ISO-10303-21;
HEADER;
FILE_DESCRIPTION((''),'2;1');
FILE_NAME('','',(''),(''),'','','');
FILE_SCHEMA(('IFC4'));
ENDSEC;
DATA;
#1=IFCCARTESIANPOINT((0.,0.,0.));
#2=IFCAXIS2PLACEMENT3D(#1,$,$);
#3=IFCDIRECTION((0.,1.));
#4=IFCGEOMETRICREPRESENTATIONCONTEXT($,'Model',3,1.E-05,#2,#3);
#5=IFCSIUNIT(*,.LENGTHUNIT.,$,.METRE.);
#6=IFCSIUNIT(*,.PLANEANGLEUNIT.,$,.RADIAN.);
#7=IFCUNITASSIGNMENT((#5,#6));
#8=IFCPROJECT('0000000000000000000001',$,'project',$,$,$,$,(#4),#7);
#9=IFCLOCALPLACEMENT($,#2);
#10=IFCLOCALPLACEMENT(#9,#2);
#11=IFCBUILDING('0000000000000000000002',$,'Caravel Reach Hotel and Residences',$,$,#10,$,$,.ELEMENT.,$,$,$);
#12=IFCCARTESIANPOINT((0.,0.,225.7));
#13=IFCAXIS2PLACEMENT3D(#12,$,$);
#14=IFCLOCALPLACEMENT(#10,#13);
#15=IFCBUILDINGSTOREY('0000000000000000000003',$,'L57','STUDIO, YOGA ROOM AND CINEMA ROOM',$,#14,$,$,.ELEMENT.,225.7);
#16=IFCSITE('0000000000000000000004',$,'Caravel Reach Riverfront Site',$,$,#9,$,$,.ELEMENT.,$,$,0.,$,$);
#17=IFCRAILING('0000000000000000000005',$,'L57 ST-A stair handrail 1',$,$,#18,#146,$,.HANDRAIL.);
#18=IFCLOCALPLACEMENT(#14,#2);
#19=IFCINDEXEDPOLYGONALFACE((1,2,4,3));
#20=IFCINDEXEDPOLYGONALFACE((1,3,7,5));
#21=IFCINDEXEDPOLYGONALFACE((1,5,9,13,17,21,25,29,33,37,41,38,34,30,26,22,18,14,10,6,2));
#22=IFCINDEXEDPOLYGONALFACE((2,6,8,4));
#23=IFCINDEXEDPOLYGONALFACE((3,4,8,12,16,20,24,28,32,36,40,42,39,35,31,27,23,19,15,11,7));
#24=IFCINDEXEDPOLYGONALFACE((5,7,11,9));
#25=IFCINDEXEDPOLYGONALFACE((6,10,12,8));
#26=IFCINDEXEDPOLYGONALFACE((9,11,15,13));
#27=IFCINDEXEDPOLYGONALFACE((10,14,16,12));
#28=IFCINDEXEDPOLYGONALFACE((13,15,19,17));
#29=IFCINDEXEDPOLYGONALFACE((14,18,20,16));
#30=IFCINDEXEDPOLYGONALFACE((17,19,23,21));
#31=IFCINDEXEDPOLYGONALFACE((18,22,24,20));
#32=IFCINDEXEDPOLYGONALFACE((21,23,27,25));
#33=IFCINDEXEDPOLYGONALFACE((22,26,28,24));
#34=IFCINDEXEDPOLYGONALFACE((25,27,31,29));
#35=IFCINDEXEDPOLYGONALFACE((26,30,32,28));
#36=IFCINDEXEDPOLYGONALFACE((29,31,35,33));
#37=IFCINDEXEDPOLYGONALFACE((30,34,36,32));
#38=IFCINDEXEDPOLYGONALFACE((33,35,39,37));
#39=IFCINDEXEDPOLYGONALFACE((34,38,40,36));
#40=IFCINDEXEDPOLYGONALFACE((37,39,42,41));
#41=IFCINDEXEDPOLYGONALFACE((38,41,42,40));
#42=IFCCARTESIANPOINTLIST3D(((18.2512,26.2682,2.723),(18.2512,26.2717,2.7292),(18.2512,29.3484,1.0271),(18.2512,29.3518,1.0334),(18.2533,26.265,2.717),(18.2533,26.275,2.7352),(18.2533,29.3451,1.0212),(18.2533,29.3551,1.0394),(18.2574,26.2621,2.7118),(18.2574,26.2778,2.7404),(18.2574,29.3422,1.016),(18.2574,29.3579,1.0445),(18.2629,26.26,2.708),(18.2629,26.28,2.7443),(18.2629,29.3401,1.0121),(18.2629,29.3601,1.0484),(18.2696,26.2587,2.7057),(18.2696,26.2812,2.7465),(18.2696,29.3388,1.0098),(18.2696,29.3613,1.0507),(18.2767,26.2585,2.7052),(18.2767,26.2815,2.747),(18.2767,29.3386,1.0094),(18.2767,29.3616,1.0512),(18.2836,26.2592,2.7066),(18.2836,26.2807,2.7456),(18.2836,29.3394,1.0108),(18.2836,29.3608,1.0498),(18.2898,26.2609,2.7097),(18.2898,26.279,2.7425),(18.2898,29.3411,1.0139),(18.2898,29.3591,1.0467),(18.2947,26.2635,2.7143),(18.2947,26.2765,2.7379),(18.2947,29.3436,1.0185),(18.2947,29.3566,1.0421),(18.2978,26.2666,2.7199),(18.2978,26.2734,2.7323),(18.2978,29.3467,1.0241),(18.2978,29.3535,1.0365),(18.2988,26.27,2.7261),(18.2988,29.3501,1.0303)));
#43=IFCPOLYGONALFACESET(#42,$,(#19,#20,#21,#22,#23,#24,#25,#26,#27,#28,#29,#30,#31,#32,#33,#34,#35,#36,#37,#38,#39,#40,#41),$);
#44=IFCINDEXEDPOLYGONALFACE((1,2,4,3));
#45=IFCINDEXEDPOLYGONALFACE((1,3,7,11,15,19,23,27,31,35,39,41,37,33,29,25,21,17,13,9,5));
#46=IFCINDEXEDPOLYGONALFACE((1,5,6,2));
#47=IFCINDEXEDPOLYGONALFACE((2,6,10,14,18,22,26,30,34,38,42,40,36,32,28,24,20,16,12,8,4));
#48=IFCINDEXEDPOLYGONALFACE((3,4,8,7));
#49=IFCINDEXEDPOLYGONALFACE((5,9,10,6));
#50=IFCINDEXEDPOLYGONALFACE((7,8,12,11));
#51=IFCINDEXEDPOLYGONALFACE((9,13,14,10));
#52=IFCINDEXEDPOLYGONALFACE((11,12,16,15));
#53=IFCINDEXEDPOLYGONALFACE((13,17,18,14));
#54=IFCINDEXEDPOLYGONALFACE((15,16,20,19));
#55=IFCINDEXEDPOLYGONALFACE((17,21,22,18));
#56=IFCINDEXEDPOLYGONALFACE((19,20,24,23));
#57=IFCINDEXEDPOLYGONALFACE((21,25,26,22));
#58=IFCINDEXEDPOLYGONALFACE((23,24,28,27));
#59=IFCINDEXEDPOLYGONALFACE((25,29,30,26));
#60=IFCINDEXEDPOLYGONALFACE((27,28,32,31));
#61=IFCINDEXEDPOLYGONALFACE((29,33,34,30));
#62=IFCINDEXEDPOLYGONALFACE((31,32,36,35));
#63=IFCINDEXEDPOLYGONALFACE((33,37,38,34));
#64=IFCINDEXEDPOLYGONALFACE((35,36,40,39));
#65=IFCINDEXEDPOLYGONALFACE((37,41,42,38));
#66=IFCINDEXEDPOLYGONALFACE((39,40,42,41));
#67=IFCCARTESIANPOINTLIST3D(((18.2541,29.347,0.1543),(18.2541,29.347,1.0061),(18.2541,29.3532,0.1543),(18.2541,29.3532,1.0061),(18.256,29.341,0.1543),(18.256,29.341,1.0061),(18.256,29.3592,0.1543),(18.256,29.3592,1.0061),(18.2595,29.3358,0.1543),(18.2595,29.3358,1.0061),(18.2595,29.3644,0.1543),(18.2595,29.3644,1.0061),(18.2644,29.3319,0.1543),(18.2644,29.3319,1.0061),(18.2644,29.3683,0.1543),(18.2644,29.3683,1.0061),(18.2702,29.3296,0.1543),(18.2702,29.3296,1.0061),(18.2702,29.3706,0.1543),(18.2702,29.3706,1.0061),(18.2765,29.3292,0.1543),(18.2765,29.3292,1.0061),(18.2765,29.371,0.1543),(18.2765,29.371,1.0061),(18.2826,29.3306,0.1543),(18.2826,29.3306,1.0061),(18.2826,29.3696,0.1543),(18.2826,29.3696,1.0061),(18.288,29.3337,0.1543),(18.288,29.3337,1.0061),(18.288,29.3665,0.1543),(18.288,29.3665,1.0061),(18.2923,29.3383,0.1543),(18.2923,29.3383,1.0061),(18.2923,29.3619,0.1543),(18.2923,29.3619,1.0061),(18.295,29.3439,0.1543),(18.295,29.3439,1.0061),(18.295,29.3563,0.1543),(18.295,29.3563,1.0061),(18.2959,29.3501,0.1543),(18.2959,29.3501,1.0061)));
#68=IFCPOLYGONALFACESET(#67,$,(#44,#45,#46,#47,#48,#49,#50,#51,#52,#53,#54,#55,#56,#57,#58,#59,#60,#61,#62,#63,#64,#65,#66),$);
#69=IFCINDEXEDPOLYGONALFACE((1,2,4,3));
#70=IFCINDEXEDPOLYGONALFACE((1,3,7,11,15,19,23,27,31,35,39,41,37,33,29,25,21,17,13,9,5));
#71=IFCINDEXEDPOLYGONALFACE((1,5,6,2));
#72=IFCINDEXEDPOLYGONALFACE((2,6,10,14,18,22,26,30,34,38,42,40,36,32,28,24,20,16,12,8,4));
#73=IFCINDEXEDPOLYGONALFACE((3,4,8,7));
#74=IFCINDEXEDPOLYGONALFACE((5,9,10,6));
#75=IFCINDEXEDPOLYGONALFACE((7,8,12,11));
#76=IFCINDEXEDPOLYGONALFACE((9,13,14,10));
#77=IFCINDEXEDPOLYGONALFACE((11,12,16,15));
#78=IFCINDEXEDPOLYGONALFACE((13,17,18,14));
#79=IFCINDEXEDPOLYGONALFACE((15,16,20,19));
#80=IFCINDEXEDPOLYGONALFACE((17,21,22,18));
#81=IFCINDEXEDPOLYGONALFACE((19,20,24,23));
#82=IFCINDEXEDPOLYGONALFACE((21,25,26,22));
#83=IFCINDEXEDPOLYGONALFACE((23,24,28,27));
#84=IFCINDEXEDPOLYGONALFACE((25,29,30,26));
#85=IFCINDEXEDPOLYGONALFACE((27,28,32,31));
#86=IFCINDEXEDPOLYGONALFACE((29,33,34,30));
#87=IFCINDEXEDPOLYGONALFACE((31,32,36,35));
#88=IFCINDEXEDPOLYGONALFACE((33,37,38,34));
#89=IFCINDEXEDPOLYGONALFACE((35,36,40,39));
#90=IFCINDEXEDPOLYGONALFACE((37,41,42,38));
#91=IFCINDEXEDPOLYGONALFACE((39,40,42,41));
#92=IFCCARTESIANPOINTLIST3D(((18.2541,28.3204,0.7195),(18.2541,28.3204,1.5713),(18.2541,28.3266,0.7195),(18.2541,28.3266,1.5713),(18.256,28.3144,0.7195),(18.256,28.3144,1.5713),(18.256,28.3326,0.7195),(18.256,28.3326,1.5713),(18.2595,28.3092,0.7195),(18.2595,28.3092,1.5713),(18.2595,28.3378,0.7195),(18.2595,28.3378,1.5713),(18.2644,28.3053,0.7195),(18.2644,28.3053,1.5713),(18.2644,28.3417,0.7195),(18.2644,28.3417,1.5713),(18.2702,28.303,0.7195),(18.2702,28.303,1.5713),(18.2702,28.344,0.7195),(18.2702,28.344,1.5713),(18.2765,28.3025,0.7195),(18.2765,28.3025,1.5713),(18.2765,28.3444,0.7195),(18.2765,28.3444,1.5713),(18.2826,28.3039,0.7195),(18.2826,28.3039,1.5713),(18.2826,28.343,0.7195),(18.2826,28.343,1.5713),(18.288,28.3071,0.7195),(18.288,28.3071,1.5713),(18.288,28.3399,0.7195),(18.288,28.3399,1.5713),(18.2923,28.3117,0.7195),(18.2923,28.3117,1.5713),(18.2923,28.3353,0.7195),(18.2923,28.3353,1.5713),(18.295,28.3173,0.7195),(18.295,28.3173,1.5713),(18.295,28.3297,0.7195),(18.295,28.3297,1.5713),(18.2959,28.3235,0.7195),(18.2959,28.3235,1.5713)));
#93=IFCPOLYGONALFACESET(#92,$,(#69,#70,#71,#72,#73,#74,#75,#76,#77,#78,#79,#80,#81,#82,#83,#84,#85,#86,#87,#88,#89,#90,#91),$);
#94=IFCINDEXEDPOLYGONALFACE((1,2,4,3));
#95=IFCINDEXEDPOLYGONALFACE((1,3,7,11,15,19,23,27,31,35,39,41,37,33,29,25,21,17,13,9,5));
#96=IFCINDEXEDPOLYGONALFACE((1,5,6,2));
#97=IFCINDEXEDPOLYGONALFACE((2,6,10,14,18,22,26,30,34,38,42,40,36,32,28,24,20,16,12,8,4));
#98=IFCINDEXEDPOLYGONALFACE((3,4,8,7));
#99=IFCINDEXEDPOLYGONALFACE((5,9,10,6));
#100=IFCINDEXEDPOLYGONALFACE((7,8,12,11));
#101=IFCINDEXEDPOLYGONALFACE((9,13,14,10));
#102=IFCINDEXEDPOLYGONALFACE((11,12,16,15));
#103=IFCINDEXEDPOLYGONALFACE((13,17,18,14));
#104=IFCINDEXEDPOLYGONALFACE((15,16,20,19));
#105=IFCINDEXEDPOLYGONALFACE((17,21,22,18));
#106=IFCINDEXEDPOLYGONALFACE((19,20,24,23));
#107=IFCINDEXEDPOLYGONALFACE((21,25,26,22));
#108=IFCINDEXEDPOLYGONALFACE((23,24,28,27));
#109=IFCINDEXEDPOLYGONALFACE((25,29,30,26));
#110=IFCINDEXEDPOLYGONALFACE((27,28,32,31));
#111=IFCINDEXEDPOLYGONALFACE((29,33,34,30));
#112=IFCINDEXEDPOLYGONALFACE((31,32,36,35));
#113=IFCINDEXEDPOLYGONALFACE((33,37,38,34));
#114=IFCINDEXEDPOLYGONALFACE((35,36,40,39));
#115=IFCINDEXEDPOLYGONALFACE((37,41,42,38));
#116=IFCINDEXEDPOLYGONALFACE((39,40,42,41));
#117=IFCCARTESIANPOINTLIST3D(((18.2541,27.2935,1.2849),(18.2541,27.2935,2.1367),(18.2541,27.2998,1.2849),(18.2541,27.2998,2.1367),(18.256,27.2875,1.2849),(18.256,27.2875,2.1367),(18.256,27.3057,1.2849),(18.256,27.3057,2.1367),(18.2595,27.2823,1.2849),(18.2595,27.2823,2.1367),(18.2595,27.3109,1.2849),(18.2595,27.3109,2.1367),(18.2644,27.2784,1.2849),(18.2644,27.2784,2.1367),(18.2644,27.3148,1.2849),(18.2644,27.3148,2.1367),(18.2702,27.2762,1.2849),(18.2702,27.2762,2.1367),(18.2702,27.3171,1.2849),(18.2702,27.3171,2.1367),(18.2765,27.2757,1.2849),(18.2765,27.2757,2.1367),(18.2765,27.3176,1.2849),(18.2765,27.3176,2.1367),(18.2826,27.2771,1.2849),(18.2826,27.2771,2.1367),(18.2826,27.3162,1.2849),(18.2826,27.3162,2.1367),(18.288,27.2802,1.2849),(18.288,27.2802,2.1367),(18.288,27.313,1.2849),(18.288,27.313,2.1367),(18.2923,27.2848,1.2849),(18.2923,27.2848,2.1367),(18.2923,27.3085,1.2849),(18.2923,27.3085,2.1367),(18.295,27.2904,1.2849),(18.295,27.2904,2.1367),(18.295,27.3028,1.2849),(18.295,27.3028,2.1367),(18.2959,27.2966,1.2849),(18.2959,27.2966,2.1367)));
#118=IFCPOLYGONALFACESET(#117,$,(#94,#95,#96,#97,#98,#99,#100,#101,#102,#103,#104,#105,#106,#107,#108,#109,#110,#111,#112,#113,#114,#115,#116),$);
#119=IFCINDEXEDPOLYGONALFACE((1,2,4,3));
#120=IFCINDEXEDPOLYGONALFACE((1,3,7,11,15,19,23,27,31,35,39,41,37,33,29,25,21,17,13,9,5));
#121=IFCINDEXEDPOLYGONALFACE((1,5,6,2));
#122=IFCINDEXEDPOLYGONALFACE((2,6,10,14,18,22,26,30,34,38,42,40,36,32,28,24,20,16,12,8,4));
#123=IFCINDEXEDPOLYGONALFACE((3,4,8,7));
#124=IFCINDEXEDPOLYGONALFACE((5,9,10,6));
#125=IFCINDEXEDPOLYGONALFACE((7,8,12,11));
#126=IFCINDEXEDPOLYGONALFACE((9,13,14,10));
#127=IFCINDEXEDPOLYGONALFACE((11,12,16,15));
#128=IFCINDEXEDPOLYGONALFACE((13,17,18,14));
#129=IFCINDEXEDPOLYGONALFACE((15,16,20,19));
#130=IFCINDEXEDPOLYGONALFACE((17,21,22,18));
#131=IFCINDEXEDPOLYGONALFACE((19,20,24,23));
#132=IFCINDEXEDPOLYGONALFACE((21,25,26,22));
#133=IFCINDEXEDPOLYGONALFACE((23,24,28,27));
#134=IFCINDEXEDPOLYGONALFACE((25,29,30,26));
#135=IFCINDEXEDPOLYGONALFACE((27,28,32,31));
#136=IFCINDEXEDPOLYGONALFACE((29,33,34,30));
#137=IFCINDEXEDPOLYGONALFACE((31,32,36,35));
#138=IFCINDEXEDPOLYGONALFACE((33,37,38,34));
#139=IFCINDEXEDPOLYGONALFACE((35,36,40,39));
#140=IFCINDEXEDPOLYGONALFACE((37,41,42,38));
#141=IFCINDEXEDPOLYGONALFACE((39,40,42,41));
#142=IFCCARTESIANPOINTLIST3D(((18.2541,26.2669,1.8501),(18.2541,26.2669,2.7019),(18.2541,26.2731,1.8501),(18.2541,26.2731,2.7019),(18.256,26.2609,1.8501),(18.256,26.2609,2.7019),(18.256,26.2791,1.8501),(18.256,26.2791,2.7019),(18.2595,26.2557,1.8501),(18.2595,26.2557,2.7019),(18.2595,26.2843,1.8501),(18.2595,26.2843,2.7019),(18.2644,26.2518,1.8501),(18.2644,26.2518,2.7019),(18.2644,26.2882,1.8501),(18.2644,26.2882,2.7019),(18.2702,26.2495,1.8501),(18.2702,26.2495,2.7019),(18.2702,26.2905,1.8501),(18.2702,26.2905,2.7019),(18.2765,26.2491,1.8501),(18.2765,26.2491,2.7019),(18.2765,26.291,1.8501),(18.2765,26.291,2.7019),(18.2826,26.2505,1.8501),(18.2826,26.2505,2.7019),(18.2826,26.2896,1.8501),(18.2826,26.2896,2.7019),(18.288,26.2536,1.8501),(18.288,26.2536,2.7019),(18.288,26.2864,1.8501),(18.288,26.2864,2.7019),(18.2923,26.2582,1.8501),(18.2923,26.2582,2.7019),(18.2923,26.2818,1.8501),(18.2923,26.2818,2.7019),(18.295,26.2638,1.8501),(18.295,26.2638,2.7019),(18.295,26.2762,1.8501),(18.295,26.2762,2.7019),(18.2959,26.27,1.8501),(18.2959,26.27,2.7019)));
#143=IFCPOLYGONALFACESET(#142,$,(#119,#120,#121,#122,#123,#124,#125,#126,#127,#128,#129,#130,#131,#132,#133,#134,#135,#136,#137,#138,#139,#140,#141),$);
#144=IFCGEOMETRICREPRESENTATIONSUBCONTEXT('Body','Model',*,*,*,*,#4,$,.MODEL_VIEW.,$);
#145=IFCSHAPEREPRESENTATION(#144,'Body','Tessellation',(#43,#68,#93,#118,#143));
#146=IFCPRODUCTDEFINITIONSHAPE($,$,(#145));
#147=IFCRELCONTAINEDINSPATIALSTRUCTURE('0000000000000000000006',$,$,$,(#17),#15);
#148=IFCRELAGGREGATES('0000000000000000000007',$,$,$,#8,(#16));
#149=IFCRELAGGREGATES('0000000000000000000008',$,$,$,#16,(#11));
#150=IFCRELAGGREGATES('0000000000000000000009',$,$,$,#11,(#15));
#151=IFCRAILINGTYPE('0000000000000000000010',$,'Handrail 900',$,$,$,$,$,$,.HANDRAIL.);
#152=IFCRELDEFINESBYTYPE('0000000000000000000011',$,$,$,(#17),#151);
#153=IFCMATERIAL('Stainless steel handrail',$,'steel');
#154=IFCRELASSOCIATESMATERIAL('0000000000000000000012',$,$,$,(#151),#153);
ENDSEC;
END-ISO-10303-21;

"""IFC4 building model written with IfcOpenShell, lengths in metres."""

from ifc_helpers import new_model, si_unit, direction, frame, origin, origin_2d, place, context, subcontext, project, spatial, circle, extrude, material, type_object, element, save


model = new_model("IFC4")

# Units and contexts
model_context = context("Model", 3, precision=1e-05, world=origin(), true_north=direction((0.0, 1.0)))
body_context = subcontext(model_context, "Body", "Model", "MODEL_VIEW")
ifc_project = project(units=[si_unit("LENGTHUNIT", "METRE"), si_unit("PLANEANGLEUNIT", "RADIAN")], contexts=[model_context])

# Site, building, storey
site_placement = place(None, origin())
site = spatial("IfcSite", under=ifc_project, at=site_placement, Name="Caravel Reach Riverfront Site", CompositionType="ELEMENT", RefElevation=0.0)
building_placement = place(site_placement, origin())
building = spatial("IfcBuilding", under=site, at=building_placement, Name="Caravel Reach Hotel and Residences", CompositionType="ELEMENT")
storey_placement = place(building_placement, frame((0.0, 0.0, 225.7)))
storey = spatial("IfcBuildingStorey", under=building, at=storey_placement, Name="L57", Description="STUDIO, YOGA ROOM AND CINEMA ROOM", CompositionType="ELEMENT", Elevation=225.7)

# Railing
ifc_material_1 = material(Name="Stainless steel handrail", Category="steel")
railing_type_1 = type_object("IfcRailingType", Name="Handrail 900", PredefinedType="HANDRAIL", material=ifc_material_1)
railing_1_placement = place(storey_placement, frame((18.2749, 29.3501, 0.1543)))
element("IfcRailing", 1, at=railing_1_placement, inside=storey, type_object=railing_type_1, Name="L57 ST-A stair handrail 1", PredefinedType="HANDRAIL", context=body_context, shape_type="SweptSolid", body=[
    extrude(circle(Radius=0.0239, at=origin_2d()), frame((0.0, 0.0, 0.876), z_axis=(0.0, -0.876005, 0.482303), x_axis=(1.0, 0.0, 0.0)), (0.0, 0.0, 1.0), 3.5161),
    extrude(circle(Radius=0.021, at=origin_2d()), origin(), (0.0, 0.0, 1.0), 0.8518),
    extrude(circle(Radius=0.021, at=origin_2d()), frame((0.0, -1.0266, 0.5652)), (0.0, 0.0, 1.0), 0.8518),
    extrude(circle(Radius=0.021, at=origin_2d()), frame((0.0, -2.0535, 1.1306)), (0.0, 0.0, 1.0), 0.8518),
    extrude(circle(Radius=0.021, at=origin_2d()), frame((0.0, -3.0801, 1.6958)), (0.0, 0.0, 1.0), 0.8518),
])

save(model, "model.ifc")
